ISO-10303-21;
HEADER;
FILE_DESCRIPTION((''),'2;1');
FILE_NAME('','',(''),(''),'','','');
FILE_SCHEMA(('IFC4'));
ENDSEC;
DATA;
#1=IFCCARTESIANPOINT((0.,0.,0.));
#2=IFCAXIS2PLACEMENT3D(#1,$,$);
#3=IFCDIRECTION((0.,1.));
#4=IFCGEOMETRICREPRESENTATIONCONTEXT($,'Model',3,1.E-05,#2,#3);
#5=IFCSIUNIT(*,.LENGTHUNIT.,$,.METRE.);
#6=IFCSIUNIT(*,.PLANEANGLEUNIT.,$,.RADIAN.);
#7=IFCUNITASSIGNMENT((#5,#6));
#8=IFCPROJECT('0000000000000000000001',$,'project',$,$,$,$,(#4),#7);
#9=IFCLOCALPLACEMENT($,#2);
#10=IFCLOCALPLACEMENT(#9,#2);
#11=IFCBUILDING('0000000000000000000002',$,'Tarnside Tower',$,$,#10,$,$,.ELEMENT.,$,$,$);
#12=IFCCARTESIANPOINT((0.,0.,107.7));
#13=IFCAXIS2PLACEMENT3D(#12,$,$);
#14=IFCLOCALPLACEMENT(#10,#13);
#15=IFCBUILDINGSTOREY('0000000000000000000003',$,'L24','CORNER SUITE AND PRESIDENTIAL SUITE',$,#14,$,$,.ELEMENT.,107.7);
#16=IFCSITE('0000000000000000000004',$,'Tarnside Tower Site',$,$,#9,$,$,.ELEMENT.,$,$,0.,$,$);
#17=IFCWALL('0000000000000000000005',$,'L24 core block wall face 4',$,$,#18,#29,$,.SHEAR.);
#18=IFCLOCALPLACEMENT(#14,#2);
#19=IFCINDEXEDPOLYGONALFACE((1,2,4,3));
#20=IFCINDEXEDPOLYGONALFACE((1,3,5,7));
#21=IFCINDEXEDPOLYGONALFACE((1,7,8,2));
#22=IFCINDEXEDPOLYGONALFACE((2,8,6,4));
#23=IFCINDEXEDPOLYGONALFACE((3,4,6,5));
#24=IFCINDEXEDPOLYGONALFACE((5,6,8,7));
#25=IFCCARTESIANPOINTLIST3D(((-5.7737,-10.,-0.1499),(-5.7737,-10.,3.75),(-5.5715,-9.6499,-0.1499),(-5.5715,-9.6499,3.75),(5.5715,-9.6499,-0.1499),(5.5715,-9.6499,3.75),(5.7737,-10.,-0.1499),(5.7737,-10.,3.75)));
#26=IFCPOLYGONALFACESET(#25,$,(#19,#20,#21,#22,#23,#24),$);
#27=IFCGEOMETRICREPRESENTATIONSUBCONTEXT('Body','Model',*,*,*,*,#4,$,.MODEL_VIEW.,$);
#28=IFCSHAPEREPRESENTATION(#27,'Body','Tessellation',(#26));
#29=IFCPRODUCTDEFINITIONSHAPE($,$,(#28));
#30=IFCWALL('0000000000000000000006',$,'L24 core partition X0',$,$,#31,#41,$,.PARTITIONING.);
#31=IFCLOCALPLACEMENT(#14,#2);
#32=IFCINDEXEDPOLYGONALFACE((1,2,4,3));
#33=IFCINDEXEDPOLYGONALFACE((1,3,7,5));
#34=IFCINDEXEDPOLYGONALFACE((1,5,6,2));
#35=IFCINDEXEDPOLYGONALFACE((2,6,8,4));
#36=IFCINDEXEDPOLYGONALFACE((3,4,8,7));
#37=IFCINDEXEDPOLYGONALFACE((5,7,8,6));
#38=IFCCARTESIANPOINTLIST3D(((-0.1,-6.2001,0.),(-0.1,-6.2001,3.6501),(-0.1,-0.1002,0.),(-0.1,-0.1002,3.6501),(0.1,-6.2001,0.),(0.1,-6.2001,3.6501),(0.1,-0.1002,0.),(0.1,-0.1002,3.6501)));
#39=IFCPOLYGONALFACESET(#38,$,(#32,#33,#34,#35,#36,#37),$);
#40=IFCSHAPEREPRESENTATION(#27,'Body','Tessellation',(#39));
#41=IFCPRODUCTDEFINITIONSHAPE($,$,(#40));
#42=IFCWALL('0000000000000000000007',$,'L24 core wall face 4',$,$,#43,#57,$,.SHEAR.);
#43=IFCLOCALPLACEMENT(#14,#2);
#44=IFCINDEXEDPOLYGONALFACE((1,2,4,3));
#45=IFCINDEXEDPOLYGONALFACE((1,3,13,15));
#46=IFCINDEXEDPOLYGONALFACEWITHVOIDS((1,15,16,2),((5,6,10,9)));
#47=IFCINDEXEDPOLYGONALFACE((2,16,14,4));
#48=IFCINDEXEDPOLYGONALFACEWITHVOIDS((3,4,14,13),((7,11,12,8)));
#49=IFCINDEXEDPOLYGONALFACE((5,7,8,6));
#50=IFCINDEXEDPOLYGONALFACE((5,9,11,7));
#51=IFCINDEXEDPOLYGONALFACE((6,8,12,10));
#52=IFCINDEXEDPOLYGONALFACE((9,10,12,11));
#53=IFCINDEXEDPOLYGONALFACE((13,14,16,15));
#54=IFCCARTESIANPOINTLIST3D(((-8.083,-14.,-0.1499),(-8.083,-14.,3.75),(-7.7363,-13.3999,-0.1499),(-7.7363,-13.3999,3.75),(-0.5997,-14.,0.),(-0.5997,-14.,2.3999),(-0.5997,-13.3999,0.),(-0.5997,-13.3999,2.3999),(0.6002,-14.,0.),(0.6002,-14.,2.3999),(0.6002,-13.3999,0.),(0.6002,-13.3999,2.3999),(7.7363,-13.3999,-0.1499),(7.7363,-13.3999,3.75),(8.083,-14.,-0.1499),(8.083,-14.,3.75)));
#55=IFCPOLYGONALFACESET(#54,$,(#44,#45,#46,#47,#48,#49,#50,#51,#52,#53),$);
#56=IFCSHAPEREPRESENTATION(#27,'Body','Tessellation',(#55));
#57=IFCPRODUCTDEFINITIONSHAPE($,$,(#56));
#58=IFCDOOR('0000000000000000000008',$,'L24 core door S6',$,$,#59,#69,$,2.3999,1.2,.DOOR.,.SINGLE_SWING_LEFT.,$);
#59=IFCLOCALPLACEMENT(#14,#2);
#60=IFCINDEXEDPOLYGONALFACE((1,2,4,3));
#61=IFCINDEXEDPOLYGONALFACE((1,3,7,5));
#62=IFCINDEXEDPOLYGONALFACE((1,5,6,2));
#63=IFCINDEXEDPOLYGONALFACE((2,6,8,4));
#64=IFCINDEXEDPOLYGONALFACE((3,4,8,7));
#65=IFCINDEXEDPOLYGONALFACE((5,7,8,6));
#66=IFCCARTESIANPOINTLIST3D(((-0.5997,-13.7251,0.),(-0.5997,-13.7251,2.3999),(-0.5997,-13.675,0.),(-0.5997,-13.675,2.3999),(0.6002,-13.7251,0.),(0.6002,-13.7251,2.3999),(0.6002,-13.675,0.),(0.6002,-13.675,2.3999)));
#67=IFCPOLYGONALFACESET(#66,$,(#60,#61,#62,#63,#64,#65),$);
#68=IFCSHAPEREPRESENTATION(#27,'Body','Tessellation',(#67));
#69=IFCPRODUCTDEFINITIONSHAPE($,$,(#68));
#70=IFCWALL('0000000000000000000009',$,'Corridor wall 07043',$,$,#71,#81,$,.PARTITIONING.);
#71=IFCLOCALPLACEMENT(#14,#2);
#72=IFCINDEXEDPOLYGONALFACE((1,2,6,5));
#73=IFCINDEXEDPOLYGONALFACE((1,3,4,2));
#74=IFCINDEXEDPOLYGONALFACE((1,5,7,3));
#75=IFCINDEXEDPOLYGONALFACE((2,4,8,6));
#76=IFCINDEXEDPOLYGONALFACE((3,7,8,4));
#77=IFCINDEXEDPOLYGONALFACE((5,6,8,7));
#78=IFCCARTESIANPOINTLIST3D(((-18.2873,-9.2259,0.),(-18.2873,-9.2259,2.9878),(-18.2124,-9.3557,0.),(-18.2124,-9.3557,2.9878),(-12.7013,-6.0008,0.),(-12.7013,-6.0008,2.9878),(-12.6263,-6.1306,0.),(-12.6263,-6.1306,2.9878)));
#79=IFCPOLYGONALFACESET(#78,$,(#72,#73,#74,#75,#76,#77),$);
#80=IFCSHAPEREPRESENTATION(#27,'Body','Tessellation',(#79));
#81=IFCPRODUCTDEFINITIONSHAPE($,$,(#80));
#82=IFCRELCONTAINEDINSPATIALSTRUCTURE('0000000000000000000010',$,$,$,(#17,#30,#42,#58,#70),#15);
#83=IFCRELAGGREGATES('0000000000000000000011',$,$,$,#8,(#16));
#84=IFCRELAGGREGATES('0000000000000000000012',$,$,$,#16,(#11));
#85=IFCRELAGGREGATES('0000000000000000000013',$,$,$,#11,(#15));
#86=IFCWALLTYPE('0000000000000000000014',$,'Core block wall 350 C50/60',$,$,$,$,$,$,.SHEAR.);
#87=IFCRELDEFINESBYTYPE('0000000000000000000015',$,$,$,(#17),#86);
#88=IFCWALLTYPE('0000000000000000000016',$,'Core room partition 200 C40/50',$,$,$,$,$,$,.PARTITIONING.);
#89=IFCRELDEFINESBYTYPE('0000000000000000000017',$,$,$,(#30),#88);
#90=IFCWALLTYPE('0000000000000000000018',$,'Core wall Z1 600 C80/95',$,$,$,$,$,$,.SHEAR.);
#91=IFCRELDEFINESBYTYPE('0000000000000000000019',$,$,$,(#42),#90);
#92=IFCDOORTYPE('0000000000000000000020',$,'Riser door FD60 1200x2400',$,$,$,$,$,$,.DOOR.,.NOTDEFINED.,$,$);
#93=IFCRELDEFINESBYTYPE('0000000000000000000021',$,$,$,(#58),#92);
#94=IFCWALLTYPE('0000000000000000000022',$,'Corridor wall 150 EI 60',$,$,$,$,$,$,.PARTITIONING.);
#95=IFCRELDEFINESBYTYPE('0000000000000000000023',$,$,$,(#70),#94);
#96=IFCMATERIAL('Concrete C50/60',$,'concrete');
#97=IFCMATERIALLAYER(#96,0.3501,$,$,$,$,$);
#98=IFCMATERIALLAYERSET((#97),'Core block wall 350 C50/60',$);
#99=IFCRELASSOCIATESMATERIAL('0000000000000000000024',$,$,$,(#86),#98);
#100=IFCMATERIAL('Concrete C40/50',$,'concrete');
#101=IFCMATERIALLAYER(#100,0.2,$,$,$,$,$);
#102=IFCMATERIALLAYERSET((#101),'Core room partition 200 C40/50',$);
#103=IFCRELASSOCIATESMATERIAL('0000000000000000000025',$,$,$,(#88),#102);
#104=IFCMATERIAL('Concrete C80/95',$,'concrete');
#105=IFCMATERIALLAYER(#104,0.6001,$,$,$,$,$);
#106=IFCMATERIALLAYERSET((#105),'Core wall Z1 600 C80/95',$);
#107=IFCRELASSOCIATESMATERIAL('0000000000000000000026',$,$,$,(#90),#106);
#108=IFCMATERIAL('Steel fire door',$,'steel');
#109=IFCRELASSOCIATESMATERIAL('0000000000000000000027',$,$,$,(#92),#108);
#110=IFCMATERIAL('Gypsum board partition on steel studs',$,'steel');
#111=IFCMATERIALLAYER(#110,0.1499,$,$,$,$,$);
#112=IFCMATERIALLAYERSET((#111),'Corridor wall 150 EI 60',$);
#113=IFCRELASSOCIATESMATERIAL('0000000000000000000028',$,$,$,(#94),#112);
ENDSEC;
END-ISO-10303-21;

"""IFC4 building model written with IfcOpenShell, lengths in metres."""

from ifc_helpers import new_model, si_unit, direction, frame, frame_2d, origin, place, context, subcontext, project, spatial, polyline, rectangle, outline, extrude, material, layer, layer_set, type_object, element, fill, save


model = new_model("IFC4")

# Units and contexts
model_context = context("Model", 3, precision=1e-05, world=origin(), true_north=direction((0.0, 1.0)))
body_context = subcontext(model_context, "Body", "Model", "MODEL_VIEW")
ifc_project = project(units=[si_unit("LENGTHUNIT", "METRE"), si_unit("PLANEANGLEUNIT", "RADIAN")], contexts=[model_context])

# Site, building, storey
site_placement = place(None, origin())
site = spatial("IfcSite", under=ifc_project, at=site_placement, Name="Tarnside Tower Site", CompositionType="ELEMENT", RefElevation=0.0)
building_placement = place(site_placement, origin())
building = spatial("IfcBuilding", under=site, at=building_placement, Name="Tarnside Tower", CompositionType="ELEMENT")
storey_placement = place(building_placement, frame((0.0, 0.0, 107.7)))
storey = spatial("IfcBuildingStorey", under=building, at=storey_placement, Name="L24", Description="CORNER SUITE AND PRESIDENTIAL SUITE", CompositionType="ELEMENT", Elevation=107.7)

# Walls
ifc_material_1 = material(Name="Concrete C50/60", Category="concrete")
ifc_layer_1 = layer(ifc_material_1, 0.3501)
ifc_layer_set_1 = layer_set([ifc_layer_1], Name="Core block wall 350 C50/60")
wall_type_1 = type_object("IfcWallType", Name="Core block wall 350 C50/60", PredefinedType="SHEAR", material=ifc_layer_set_1)
wall_1_placement = place(storey_placement, frame((-5.6726, -9.825, -0.1499), z_axis=(0.0, 0.0, 1.0), x_axis=(1.0, 0.0, 0.0)))
element("IfcWall", 1, at=wall_1_placement, inside=storey, type_object=wall_type_1, Name="L24 core block wall face 4", PredefinedType="SHEAR", context=body_context, shape_type="SweptSolid", body=[
    extrude(outline(polyline([(-0.1011, -0.175), (11.4463, -0.175), (11.2441, 0.175), (0.1011, 0.175), (-0.1011, -0.175)])), origin(), (0.0, 0.0, 1.0), 3.8999),
])
ifc_material_2 = material(Name="Concrete C40/50", Category="concrete")
ifc_layer_2 = layer(ifc_material_2, 0.2)
ifc_layer_set_2 = layer_set([ifc_layer_2], Name="Core room partition 200 C40/50")
wall_type_2 = type_object("IfcWallType", Name="Core room partition 200 C40/50", PredefinedType="PARTITIONING", material=ifc_layer_set_2)
wall_2_placement = place(storey_placement, frame((0.0, -6.2, 0.0), z_axis=(0.0, 0.0, 1.0), x_axis=(0.0, 1.0, 0.0)))
element("IfcWall", 2, at=wall_2_placement, inside=storey, type_object=wall_type_2, Name="L24 core partition X0", PredefinedType="PARTITIONING", context=body_context, shape_type="SweptSolid", body=[
    extrude(rectangle(XDim=6.0999, YDim=0.2, at=frame_2d((3.0498, 0.0))), origin(), (0.0, 0.0, 1.0), 3.6501),
])

# Wall, opening, door
ifc_material_3 = material(Name="Concrete C80/95", Category="concrete")
ifc_layer_3 = layer(ifc_material_3, 0.6001)
ifc_layer_set_3 = layer_set([ifc_layer_3], Name="Core wall Z1 600 C80/95")
wall_type_3 = type_object("IfcWallType", Name="Core wall Z1 600 C80/95", PredefinedType="SHEAR", material=ifc_layer_set_3)
wall_3_placement = place(storey_placement, frame((-7.9097, -13.7, -0.1499), z_axis=(0.0, 0.0, 1.0), x_axis=(1.0, 0.0, 0.0)))
wall_3 = element("IfcWall", 3, at=wall_3_placement, inside=storey, type_object=wall_type_3, Name="L24 core wall face 4", PredefinedType="SHEAR", context=body_context, shape_type="SweptSolid", body=[
    extrude(outline(polyline([(-0.1733, -0.3), (15.9927, -0.3), (15.646, 0.3), (0.1733, 0.3), (-0.1733, -0.3)])), origin(), (0.0, 0.0, 1.0), 3.8999),
])
opening_1_placement = place(wall_3_placement, frame((7.3098, 0.0, 0.1499)))
opening_1 = element("IfcOpeningElement", 4, at=opening_1_placement, cuts=wall_3, PredefinedType="OPENING", context=body_context, shape_type="SweptSolid", body=[
    extrude(rectangle(XDim=1.2, YDim=2.3999, at=frame_2d((0.6001, 1.2))), frame((0.0, 0.3101, 0.0), z_axis=(0.0, -1.0, 0.0), x_axis=(1.0, 0.0, 0.0)), (0.0, 0.0, 1.0), 0.6201),
])
ifc_material_4 = material(Name="Steel fire door", Category="steel")
door_type_1 = type_object("IfcDoorType", Name="Riser door FD60 1200x2400", OperationType="NOTDEFINED", PredefinedType="DOOR", material=ifc_material_4)
door_1_placement = place(opening_1_placement, origin())
door_1 = element("IfcDoor", 5, at=door_1_placement, inside=storey, type_object=door_type_1, Name="L24 core door S6", OperationType="SINGLE_SWING_LEFT", OverallHeight=2.3999, OverallWidth=1.2, PredefinedType="DOOR", context=body_context, shape_type="SweptSolid", body=[
    extrude(rectangle(XDim=1.2, YDim=2.3999, at=frame_2d((0.6001, 1.2))), frame((0.0, 0.0249, 0.0), z_axis=(0.0, -1.0, 0.0), x_axis=(1.0, 0.0, 0.0)), (0.0, 0.0, 1.0), 0.05),
])
fill(opening_1, door_1)

# Wall
ifc_material_5 = material(Name="Gypsum board partition on steel studs", Category="steel")
ifc_layer_4 = layer(ifc_material_5, 0.1499)
ifc_layer_set_4 = layer_set([ifc_layer_4], Name="Corridor wall 150 EI 60")
wall_type_4 = type_object("IfcWallType", Name="Corridor wall 150 EI 60", PredefinedType="PARTITIONING", material=ifc_layer_set_4)
wall_4_placement = place(storey_placement, frame((-12.6638, -6.0657, 0.0), z_axis=(0.0, 0.0, 1.0), x_axis=(-0.866022, -0.500006, 0.0)))
element("IfcWall", 6, at=wall_4_placement, inside=storey, type_object=wall_type_4, Name="Corridor wall 07043", PredefinedType="PARTITIONING", context=body_context, shape_type="SweptSolid", body=[
    extrude(rectangle(XDim=6.4502, YDim=0.1499, at=frame_2d((3.2251, 0.0))), origin(), (0.0, 0.0, 1.0), 2.9878),
])

save(model, "model.ifc")
